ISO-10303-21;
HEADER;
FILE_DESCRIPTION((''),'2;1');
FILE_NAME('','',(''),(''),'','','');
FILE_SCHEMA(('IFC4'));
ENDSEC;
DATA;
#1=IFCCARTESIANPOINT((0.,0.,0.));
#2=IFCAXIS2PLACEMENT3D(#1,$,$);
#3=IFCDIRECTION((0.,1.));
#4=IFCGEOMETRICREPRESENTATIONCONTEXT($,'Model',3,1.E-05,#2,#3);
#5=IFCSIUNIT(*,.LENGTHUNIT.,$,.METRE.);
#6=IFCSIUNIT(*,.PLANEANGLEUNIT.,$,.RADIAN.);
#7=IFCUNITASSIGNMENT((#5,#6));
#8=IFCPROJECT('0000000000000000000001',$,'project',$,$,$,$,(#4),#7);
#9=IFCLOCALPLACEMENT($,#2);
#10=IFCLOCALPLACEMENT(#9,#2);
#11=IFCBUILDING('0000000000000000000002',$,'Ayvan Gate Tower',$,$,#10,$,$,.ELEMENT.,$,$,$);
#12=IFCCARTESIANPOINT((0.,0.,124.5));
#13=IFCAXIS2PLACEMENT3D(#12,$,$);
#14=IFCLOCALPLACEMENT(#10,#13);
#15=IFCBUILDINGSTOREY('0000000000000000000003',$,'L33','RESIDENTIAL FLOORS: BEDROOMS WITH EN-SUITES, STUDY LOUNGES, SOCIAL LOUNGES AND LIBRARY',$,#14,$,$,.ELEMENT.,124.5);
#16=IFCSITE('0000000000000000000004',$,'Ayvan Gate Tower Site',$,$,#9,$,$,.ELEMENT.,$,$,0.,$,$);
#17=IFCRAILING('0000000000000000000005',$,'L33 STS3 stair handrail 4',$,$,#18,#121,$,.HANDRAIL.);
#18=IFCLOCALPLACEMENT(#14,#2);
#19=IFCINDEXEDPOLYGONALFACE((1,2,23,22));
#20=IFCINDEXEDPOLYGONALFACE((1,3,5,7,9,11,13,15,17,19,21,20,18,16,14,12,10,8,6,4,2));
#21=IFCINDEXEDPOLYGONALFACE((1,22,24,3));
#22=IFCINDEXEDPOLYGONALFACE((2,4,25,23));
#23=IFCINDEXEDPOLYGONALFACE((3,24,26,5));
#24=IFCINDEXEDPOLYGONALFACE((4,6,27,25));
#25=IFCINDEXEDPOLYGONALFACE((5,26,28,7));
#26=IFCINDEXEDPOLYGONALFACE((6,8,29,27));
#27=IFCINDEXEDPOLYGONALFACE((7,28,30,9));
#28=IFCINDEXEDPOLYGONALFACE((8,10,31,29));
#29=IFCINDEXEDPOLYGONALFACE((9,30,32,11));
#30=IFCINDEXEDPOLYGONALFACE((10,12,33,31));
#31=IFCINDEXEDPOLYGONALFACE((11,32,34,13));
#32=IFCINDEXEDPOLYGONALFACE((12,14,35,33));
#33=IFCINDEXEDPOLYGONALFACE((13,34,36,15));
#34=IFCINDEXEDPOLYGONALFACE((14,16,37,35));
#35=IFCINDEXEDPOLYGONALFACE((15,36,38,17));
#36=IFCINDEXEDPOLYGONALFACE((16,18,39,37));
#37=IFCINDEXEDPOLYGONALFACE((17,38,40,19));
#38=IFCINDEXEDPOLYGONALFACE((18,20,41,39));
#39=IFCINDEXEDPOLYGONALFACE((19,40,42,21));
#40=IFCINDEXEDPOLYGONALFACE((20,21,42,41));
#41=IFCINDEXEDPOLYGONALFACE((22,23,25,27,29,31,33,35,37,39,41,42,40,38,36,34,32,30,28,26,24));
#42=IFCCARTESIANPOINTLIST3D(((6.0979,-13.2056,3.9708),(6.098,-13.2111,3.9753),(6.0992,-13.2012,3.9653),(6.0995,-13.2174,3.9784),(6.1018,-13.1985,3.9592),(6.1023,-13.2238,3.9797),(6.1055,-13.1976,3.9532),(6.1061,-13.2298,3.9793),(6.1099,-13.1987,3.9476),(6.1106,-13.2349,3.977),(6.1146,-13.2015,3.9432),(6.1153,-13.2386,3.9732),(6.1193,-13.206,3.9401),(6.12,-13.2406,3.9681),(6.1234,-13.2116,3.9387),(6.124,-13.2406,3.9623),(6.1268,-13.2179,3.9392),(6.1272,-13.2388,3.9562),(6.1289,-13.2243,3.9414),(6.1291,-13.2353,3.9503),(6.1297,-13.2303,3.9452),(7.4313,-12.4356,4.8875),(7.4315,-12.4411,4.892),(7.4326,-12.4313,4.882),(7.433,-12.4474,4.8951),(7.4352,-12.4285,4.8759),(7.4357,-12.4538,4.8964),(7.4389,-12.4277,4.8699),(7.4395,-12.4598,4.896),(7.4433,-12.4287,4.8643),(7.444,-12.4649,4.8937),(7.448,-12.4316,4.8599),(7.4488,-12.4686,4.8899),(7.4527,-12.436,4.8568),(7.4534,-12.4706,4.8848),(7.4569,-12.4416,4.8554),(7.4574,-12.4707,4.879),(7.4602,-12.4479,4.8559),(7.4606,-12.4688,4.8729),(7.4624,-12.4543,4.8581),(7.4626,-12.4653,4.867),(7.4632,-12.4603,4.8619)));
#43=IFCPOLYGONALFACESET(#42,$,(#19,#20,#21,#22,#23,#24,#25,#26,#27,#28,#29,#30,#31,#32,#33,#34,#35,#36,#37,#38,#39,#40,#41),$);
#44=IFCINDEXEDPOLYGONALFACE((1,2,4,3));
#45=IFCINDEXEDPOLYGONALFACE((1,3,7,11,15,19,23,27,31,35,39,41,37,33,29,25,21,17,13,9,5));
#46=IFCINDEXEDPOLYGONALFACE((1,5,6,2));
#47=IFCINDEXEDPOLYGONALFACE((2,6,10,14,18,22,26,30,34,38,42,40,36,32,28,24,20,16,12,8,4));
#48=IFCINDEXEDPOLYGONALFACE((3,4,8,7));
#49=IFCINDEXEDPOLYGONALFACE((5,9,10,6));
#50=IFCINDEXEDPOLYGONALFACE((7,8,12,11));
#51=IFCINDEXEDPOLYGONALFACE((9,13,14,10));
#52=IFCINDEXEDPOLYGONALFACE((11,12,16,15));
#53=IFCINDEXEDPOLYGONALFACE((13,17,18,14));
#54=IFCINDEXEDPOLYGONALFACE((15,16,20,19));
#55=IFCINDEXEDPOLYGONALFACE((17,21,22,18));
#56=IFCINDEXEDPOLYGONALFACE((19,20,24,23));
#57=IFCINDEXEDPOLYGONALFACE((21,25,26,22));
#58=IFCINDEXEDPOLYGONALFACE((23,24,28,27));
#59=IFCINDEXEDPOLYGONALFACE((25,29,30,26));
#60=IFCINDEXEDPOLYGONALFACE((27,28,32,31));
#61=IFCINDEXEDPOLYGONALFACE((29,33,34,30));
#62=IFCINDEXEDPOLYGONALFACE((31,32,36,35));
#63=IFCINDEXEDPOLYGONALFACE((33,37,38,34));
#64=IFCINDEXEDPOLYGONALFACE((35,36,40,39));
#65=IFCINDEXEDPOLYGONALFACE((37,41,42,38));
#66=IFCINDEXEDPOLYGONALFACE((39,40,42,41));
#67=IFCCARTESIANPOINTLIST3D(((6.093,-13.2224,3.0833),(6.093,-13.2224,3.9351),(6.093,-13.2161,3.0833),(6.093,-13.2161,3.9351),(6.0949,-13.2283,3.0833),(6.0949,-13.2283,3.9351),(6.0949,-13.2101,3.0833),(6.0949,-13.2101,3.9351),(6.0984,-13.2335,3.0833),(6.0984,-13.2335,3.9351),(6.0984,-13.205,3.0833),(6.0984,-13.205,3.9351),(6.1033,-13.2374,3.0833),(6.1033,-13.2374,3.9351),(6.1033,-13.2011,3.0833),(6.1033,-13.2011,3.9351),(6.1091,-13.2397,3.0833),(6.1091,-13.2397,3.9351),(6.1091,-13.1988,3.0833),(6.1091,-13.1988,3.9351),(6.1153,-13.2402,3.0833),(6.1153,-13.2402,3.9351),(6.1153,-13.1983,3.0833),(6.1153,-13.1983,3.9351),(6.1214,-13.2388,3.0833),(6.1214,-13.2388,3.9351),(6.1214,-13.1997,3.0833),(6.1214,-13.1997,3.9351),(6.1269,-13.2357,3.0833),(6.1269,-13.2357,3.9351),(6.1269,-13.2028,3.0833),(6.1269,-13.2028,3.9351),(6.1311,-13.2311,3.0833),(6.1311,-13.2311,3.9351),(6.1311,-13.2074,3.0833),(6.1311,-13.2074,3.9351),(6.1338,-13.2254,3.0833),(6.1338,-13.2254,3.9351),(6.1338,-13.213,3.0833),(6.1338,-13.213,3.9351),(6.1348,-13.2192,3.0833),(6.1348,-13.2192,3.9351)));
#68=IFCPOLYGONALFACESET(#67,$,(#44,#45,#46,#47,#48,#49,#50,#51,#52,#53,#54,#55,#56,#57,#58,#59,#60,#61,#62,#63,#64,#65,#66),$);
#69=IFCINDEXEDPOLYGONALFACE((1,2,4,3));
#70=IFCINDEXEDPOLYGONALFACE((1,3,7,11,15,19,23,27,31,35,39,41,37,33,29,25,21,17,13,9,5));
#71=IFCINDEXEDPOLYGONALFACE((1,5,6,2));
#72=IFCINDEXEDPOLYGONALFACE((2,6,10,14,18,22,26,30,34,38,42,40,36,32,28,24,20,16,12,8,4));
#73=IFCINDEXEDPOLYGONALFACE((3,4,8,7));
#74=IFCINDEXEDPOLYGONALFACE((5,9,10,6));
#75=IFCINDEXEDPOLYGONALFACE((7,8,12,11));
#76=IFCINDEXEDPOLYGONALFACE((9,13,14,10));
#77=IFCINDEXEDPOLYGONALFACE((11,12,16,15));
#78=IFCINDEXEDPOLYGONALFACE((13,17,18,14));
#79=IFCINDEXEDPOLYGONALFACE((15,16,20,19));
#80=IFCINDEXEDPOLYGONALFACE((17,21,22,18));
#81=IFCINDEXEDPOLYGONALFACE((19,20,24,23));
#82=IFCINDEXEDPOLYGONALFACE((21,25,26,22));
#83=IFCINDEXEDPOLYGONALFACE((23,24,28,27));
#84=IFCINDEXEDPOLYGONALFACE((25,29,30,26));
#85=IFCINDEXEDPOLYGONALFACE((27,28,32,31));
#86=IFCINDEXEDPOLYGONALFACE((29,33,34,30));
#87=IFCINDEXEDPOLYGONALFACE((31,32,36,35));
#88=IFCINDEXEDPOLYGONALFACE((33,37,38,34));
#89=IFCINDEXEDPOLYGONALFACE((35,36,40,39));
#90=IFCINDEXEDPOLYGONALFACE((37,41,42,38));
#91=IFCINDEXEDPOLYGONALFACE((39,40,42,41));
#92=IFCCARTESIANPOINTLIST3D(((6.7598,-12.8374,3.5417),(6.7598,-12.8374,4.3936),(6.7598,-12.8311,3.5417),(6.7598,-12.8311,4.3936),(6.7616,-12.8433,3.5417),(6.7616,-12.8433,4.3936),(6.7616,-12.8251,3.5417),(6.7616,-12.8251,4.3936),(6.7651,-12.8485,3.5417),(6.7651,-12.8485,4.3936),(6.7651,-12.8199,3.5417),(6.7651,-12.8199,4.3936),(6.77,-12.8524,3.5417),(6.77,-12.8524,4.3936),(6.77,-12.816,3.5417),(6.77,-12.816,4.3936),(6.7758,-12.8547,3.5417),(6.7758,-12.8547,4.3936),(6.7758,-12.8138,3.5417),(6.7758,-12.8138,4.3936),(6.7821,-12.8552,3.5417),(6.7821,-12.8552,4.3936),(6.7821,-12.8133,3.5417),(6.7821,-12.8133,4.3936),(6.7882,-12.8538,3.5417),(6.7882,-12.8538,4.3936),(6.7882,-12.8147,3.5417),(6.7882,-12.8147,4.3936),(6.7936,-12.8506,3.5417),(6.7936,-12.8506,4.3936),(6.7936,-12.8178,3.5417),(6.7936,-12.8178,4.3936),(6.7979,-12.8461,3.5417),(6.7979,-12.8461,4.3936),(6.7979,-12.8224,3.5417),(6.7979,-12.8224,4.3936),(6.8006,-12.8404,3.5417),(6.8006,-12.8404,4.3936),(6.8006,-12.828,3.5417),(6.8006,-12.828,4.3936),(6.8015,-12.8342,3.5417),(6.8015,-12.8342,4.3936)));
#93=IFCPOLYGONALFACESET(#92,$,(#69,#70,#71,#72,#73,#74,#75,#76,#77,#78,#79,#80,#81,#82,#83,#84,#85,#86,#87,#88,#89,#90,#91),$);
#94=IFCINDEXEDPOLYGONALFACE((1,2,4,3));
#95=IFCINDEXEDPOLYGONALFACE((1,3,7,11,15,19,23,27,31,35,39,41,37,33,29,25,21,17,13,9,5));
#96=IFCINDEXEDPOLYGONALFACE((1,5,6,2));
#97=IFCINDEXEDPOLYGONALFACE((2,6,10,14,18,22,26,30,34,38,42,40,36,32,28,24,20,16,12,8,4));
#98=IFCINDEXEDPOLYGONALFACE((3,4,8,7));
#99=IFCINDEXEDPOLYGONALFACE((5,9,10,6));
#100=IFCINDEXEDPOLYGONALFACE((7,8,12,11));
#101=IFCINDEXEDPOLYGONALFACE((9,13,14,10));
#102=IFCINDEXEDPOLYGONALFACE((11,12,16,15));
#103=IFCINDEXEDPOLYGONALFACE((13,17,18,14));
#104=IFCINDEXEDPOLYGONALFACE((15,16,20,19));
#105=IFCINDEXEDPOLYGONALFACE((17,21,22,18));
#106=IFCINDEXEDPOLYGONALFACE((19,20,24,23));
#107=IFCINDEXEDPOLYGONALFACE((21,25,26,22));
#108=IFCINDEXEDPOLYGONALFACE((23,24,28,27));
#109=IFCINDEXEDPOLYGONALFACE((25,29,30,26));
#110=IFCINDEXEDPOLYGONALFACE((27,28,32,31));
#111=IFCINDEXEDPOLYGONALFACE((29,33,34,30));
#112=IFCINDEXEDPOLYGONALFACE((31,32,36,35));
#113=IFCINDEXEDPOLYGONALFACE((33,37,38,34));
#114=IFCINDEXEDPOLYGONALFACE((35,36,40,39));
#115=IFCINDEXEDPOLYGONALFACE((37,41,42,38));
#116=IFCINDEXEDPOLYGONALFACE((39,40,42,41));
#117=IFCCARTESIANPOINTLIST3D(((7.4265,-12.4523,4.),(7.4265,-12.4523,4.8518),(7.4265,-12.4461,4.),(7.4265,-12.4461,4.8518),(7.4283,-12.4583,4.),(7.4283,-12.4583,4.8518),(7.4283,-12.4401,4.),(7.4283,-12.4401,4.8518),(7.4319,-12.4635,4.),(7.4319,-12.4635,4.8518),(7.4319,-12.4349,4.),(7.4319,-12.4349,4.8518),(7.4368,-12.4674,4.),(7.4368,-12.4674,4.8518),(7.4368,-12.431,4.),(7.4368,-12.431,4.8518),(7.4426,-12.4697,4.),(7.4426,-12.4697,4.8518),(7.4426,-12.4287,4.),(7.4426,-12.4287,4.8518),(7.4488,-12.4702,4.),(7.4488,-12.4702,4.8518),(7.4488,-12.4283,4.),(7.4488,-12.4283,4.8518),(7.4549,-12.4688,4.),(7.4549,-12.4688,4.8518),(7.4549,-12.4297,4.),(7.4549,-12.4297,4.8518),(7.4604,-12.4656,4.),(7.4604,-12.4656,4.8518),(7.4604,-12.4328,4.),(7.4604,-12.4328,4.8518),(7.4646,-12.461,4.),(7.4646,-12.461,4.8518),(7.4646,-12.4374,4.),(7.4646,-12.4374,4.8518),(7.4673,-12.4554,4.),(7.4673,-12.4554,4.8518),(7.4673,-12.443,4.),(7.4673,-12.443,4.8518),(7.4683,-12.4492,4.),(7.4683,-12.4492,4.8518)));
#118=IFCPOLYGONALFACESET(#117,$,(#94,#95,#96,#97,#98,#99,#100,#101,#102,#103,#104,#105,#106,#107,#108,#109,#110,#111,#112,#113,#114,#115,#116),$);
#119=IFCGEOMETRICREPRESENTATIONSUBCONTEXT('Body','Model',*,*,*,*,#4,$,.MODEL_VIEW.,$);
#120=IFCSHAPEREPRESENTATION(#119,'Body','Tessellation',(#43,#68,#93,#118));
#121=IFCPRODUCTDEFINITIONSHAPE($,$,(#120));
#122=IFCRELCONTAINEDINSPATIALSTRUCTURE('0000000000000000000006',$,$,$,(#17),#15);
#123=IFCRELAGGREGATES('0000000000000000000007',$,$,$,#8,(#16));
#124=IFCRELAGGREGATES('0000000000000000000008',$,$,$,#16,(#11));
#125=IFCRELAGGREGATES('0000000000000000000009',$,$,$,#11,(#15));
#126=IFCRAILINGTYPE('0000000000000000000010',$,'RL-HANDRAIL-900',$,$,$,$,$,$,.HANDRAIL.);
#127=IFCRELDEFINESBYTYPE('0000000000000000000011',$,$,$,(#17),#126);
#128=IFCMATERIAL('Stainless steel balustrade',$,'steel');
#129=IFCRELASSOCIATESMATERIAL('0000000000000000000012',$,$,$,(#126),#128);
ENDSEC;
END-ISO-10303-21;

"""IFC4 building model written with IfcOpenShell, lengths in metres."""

from ifc_helpers import new_model, si_unit, direction, frame, origin, origin_2d, place, context, subcontext, project, spatial, circle, extrude, material, type_object, element, save


model = new_model("IFC4")

# Units and contexts
model_context = context("Model", 3, precision=1e-05, world=origin(), true_north=direction((0.0, 1.0)))
body_context = subcontext(model_context, "Body", "Model", "MODEL_VIEW")
ifc_project = project(units=[si_unit("LENGTHUNIT", "METRE"), si_unit("PLANEANGLEUNIT", "RADIAN")], contexts=[model_context])

# Site, building, storey
site_placement = place(None, origin())
site = spatial("IfcSite", under=ifc_project, at=site_placement, Name="Ayvan Gate Tower Site", CompositionType="ELEMENT", RefElevation=0.0)
building_placement = place(site_placement, origin())
building = spatial("IfcBuilding", under=site, at=building_placement, Name="Ayvan Gate Tower", CompositionType="ELEMENT")
storey_placement = place(building_placement, frame((0.0, 0.0, 124.5)))
storey = spatial("IfcBuildingStorey", under=building, at=storey_placement, Name="L33", Description="RESIDENTIAL FLOORS: BEDROOMS WITH EN-SUITES, STUDY LOUNGES, SOCIAL LOUNGES AND LIBRARY", CompositionType="ELEMENT", Elevation=124.5)

# Railing
ifc_material_1 = material(Name="Stainless steel balustrade", Category="steel")
railing_type_1 = type_object("IfcRailingType", Name="RL-HANDRAIL-900", PredefinedType="HANDRAIL", material=ifc_material_1)
railing_1_placement = place(storey_placement, frame((6.1138, -13.2192, 3.0833)))
element("IfcRailing", 1, at=railing_1_placement, inside=storey, type_object=railing_type_1, Name="L33 STS3 stair handrail 4", PredefinedType="HANDRAIL", context=body_context, shape_type="SweptSolid", body=[
    extrude(circle(Radius=0.0239, at=origin_2d()), frame((0.0, 0.0, 0.876), z_axis=(0.744103, 0.429678, 0.511554), x_axis=(-0.500061, 0.86599, 0.0)), (0.0, 0.0, 1.0), 1.792),
    extrude(circle(Radius=0.021, at=origin_2d()), origin(), (0.0, 0.0, 1.0), 0.8518),
    extrude(circle(Radius=0.021, at=origin_2d()), frame((0.6667, 0.385, 0.4585)), (0.0, 0.0, 1.0), 0.8518),
    extrude(circle(Radius=0.021, at=origin_2d()), frame((1.3335, 0.77, 0.9167)), (0.0, 0.0, 1.0), 0.8518),
])

save(model, "model.ifc")
